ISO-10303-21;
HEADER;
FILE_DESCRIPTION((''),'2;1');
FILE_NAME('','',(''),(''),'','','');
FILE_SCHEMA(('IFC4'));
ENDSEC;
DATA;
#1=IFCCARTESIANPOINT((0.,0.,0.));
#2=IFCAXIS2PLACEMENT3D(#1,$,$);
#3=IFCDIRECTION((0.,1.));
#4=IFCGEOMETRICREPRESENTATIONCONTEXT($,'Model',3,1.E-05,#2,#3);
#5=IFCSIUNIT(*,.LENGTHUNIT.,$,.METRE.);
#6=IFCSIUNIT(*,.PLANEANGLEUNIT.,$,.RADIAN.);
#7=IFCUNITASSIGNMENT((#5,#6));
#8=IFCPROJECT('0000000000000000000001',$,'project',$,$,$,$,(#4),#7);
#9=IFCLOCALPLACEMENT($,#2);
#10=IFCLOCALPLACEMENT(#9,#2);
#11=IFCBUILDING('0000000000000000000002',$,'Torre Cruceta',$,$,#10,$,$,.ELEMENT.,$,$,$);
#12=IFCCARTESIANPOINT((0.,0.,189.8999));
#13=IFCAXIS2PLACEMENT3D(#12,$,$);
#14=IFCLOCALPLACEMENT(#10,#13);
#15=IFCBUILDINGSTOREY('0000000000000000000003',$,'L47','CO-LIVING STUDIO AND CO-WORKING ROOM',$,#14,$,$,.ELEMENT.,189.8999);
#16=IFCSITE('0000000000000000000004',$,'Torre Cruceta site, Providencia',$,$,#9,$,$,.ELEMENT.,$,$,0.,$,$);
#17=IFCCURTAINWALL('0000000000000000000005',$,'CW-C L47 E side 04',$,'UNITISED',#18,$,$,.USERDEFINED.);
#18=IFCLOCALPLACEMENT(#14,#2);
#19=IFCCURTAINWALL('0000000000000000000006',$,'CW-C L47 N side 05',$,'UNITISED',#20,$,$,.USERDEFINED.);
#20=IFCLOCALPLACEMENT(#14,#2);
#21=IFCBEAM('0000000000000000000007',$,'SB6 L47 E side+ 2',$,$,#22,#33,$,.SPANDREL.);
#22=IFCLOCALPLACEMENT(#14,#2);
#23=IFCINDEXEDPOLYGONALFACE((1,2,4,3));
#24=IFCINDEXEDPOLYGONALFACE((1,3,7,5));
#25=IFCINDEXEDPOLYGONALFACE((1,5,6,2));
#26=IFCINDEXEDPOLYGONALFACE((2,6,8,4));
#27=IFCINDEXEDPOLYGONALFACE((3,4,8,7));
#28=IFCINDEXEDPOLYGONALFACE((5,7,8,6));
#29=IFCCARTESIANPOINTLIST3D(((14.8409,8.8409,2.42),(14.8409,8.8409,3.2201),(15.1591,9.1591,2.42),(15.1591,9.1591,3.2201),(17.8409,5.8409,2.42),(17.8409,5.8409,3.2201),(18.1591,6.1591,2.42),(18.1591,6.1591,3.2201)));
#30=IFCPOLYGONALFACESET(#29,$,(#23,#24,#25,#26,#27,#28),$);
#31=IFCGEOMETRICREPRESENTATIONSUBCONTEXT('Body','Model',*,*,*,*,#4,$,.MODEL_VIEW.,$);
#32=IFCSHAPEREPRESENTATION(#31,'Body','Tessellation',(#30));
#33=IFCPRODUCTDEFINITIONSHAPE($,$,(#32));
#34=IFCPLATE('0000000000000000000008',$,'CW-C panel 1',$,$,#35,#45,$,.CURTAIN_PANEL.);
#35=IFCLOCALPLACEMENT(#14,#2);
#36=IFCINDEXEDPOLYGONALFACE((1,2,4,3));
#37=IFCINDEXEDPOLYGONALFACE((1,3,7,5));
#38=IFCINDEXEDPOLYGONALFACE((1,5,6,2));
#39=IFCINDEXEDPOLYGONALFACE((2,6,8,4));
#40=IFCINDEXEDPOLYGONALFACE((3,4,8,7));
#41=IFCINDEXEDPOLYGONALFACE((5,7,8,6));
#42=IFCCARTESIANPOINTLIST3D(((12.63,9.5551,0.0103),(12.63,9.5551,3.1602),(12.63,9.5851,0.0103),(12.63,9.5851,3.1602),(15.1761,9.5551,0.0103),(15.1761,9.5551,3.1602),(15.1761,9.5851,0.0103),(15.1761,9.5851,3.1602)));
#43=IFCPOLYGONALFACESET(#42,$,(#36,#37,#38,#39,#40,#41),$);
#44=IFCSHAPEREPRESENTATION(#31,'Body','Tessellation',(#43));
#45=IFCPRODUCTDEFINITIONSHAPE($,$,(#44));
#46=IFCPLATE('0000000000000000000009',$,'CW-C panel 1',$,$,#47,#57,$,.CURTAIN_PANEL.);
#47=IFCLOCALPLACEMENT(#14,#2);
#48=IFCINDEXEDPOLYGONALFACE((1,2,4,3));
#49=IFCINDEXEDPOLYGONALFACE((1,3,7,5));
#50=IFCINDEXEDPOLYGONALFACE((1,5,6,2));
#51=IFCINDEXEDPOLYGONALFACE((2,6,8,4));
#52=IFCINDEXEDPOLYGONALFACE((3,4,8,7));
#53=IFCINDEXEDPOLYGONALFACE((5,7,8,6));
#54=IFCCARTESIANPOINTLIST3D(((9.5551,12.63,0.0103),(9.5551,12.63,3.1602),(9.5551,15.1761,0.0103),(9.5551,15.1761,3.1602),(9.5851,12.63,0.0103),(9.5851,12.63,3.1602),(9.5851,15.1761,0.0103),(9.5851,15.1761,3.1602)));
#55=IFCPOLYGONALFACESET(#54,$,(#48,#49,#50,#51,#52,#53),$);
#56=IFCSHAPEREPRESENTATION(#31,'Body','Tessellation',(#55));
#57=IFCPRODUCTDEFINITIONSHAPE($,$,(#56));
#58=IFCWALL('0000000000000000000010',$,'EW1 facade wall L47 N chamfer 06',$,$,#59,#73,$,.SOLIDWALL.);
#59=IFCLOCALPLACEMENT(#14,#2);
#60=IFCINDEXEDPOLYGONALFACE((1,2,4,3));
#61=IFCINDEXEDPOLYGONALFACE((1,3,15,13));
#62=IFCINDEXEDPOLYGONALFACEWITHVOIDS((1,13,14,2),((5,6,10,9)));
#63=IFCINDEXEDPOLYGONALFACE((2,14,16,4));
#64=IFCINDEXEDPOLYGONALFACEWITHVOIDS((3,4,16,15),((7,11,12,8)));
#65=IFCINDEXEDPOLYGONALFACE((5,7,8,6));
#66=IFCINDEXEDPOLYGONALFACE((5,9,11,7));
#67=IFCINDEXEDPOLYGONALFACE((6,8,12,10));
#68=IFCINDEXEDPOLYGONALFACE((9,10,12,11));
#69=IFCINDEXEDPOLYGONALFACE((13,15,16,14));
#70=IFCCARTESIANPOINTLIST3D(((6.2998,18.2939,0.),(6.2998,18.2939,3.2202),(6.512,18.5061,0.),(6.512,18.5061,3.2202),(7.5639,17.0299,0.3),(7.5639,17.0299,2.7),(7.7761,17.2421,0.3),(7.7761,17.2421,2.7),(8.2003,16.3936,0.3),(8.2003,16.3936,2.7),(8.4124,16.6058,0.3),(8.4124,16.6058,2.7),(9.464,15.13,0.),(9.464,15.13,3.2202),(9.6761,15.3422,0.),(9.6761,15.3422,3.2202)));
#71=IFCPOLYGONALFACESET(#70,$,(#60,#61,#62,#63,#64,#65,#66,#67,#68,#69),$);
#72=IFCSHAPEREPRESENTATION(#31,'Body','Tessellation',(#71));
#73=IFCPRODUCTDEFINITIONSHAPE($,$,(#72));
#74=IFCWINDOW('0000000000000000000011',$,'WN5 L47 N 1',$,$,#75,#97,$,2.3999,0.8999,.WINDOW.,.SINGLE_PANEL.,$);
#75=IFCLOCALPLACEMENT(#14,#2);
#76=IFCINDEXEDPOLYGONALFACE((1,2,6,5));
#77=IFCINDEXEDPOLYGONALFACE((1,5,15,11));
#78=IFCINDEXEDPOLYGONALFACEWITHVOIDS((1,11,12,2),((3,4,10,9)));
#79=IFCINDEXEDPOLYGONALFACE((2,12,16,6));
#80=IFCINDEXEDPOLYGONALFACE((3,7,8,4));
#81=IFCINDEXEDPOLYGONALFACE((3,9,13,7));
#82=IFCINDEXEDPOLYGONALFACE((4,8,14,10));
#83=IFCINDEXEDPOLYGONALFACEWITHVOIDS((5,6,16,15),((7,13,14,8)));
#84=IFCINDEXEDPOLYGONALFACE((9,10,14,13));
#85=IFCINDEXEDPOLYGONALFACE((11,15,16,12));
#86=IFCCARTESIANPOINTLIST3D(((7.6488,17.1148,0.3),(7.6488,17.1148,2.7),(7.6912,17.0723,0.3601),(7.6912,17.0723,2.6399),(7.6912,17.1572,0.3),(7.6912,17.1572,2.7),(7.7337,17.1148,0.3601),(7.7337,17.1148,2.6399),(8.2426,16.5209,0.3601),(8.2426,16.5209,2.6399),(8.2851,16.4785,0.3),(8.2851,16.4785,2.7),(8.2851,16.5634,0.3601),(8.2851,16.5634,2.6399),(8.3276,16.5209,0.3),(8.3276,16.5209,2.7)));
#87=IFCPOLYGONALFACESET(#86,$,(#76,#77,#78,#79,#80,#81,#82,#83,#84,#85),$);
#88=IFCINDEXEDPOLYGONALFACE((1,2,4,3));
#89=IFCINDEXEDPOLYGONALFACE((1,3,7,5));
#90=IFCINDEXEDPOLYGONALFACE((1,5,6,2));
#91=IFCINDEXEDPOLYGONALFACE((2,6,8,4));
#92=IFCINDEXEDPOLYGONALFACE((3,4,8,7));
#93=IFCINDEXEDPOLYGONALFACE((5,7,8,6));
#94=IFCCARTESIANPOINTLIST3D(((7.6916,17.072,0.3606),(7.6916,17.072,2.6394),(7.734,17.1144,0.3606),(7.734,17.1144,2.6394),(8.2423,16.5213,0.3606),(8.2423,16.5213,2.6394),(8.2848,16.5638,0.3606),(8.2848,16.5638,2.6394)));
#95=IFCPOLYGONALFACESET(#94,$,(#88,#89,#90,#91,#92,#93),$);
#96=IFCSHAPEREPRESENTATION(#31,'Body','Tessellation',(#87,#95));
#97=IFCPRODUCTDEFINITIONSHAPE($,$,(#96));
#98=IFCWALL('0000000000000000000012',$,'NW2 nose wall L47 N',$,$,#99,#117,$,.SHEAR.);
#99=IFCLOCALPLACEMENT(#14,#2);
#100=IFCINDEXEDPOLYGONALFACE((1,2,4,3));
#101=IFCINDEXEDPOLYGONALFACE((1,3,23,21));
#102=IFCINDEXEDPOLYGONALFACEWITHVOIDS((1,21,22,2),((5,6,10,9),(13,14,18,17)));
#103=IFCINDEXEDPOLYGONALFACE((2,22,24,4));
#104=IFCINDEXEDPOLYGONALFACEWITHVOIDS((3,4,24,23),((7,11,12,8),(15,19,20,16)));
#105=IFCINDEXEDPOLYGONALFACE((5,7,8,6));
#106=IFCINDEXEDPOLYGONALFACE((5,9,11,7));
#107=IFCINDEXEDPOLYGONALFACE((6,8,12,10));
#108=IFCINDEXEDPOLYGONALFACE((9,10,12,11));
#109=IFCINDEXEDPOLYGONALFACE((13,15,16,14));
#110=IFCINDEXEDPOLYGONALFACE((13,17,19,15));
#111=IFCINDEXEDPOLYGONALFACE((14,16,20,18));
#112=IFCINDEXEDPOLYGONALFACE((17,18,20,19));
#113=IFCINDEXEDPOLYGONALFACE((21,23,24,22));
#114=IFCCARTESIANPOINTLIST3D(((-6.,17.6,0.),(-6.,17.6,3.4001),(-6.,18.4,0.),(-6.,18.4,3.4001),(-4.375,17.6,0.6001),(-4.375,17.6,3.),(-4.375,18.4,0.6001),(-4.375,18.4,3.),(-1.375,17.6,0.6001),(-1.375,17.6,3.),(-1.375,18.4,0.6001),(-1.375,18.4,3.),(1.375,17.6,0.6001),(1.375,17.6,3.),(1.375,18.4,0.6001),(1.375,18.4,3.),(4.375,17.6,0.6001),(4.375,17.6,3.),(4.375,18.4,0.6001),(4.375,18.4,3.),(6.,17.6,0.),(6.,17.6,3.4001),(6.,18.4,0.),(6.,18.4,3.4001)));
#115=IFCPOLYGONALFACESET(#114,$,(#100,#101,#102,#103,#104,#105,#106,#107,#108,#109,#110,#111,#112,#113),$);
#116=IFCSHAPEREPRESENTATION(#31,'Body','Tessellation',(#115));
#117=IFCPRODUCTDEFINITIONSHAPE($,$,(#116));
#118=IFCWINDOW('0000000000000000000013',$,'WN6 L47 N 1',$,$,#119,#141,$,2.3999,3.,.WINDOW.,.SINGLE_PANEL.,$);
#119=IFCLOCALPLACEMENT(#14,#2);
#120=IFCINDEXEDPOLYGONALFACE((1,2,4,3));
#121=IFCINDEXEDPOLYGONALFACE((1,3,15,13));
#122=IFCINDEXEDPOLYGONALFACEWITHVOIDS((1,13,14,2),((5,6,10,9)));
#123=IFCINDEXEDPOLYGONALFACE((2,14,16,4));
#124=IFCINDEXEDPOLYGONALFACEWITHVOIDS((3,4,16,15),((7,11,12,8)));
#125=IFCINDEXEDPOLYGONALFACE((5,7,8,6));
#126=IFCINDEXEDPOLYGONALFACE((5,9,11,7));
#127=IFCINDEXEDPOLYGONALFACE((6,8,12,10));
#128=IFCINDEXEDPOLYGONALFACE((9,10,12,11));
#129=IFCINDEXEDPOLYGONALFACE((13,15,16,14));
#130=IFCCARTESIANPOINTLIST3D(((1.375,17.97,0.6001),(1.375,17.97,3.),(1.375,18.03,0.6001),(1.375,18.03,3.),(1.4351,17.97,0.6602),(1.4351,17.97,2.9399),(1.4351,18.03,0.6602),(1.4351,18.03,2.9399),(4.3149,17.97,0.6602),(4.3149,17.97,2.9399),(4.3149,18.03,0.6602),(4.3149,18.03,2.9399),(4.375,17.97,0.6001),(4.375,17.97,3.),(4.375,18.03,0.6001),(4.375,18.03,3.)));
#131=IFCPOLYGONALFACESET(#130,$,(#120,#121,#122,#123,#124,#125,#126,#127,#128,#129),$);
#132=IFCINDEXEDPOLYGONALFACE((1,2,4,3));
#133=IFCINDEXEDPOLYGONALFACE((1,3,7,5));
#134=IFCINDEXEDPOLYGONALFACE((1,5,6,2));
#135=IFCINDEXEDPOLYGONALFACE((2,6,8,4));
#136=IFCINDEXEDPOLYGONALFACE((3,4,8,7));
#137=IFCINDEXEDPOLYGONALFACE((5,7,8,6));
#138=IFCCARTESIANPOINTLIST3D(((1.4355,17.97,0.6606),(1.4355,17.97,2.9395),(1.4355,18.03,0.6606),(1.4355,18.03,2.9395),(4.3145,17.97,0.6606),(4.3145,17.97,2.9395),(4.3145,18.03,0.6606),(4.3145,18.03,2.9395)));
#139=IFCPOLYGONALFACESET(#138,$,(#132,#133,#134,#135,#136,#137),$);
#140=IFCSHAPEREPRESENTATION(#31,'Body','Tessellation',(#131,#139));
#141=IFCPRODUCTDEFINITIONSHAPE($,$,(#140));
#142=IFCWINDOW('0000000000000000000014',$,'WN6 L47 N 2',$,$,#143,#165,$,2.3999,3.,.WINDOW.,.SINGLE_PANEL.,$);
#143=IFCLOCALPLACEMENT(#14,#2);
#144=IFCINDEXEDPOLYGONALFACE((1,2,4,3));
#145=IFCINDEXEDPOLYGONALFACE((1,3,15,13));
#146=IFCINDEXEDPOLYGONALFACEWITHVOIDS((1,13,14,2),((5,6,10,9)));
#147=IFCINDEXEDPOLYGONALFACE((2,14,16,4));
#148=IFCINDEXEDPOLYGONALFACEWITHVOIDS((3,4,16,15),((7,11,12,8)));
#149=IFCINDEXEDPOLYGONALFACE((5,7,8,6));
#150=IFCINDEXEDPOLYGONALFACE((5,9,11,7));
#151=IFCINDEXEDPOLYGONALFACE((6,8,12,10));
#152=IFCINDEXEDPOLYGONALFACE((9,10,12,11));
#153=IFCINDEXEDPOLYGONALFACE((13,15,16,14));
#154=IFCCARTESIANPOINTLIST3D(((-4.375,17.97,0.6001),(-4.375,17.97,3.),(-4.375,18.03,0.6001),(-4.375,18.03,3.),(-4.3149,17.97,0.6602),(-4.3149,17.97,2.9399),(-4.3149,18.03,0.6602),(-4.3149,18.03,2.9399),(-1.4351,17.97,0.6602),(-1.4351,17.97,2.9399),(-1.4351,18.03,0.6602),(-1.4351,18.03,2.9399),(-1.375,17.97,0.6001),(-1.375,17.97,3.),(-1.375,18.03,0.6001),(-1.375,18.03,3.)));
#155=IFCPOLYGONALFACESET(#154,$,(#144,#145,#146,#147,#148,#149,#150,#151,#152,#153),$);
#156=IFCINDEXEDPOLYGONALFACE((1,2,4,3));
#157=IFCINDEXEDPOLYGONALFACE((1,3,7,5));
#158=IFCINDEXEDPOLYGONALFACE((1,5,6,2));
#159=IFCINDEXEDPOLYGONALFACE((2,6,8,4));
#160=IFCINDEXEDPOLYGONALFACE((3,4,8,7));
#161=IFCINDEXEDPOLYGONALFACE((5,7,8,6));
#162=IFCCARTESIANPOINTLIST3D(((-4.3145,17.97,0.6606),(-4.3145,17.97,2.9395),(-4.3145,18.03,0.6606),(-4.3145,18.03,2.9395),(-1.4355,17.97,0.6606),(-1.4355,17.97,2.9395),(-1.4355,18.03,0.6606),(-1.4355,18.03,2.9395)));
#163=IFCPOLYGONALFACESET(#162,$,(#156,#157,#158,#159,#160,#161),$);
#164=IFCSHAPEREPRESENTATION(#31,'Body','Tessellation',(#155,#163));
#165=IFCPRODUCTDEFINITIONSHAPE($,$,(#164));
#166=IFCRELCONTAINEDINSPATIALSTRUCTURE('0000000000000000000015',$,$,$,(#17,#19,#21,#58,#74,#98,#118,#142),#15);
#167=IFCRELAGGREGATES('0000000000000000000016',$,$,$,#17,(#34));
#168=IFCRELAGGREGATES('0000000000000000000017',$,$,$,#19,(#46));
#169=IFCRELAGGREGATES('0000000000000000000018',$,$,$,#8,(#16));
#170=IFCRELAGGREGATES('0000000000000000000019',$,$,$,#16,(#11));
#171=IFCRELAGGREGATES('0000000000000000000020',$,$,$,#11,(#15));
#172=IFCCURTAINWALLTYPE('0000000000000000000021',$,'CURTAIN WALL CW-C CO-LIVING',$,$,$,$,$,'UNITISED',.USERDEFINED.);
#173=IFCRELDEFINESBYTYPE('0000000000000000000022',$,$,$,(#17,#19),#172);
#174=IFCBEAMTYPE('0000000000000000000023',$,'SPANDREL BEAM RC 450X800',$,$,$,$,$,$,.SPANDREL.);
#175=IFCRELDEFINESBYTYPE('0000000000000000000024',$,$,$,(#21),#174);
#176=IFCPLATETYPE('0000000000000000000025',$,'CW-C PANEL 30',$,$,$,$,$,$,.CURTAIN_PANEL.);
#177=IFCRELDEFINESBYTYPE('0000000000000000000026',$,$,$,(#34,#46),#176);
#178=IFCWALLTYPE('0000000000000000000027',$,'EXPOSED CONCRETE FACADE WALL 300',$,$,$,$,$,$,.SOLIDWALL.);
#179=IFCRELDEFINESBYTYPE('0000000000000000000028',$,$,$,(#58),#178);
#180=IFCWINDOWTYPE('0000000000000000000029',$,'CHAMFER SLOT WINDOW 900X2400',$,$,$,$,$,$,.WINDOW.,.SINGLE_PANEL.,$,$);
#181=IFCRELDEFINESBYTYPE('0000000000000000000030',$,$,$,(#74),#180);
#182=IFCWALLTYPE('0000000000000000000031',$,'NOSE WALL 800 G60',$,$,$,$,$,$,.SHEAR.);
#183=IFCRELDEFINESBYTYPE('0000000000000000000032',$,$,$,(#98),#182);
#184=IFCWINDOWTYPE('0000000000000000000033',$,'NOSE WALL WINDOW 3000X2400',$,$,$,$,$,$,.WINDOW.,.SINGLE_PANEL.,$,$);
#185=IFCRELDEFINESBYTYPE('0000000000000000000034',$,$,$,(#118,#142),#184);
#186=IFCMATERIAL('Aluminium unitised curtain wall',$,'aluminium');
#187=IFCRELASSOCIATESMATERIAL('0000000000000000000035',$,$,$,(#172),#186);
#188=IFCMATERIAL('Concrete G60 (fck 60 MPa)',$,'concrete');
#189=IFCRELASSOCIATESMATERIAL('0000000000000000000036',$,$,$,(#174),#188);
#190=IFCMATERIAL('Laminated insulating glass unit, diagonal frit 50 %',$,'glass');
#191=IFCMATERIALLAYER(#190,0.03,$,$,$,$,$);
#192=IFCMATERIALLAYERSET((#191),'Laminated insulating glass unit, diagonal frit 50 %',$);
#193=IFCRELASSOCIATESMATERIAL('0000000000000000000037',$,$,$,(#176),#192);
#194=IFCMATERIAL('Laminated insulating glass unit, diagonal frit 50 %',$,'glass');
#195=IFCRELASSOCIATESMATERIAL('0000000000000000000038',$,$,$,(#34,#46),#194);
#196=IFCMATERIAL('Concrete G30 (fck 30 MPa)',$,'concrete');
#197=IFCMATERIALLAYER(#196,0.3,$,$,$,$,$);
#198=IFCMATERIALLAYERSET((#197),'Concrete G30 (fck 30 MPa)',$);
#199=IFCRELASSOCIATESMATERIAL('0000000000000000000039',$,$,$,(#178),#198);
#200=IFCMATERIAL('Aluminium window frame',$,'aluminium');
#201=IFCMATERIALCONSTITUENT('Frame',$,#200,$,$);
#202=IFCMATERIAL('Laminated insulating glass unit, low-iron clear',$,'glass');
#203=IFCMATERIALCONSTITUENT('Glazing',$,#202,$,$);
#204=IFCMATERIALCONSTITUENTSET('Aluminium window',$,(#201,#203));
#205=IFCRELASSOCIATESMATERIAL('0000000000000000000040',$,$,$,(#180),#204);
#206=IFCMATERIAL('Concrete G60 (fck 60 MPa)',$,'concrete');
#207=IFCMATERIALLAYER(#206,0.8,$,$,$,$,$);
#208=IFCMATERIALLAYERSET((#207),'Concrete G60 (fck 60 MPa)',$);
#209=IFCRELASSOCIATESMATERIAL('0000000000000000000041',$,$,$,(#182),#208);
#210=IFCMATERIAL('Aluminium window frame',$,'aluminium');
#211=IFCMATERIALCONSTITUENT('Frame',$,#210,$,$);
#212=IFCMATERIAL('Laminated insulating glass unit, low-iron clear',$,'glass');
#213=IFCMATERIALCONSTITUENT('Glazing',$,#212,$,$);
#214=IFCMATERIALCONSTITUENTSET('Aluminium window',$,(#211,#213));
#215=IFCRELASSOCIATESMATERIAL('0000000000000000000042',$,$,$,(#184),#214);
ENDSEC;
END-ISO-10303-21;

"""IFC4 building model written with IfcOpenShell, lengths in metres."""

from ifc_helpers import new_model, si_unit, direction, frame, frame_2d, origin, origin_2d, place, context, subcontext, project, spatial, rectangle, hollow_rectangle, extrude, material, layer, layer_set, constituent, constituent_set, material_profile, profile_set, type_object, element, fill, aggregate, save


model = new_model("IFC4")

# Units and contexts
model_context = context("Model", 3, precision=1e-05, world=origin(), true_north=direction((0.0, 1.0)))
body_context = subcontext(model_context, "Body", "Model", "MODEL_VIEW")
ifc_project = project(units=[si_unit("LENGTHUNIT", "METRE"), si_unit("PLANEANGLEUNIT", "RADIAN")], contexts=[model_context])

# Site, building, storey
site_placement = place(None, origin())
site = spatial("IfcSite", under=ifc_project, at=site_placement, Name="Torre Cruceta site, Providencia", CompositionType="ELEMENT", RefElevation=0.0)
building_placement = place(site_placement, origin())
building = spatial("IfcBuilding", under=site, at=building_placement, Name="Torre Cruceta", CompositionType="ELEMENT")
storey_placement = place(building_placement, frame((0.0, 0.0, 189.8999)))
storey = spatial("IfcBuildingStorey", under=building, at=storey_placement, Name="L47", Description="CO-LIVING STUDIO AND CO-WORKING ROOM", CompositionType="ELEMENT", Elevation=189.8999)

# Curtain walls
ifc_material_1 = material(Name="Aluminium unitised curtain wall", Category="aluminium")
curtain_wall_type = type_object("IfcCurtainWallType", Name="CURTAIN WALL CW-C CO-LIVING", ElementType="UNITISED", PredefinedType="USERDEFINED", material=ifc_material_1)
curtain_wall_1_placement = place(storey_placement, origin())
curtain_wall_1 = element("IfcCurtainWall", 1, at=curtain_wall_1_placement, inside=storey, type_object=curtain_wall_type, Name="CW-C L47 E side 04", ObjectType="UNITISED", PredefinedType="USERDEFINED")
curtain_wall_2_placement = place(storey_placement, origin())
curtain_wall_2 = element("IfcCurtainWall", 2, at=curtain_wall_2_placement, inside=storey, type_object=curtain_wall_type, Name="CW-C L47 N side 05", ObjectType="UNITISED", PredefinedType="USERDEFINED")

# Beam
ifc_material_2 = material(Name="Concrete G60 (fck 60 MPa)", Category="concrete")
ifc_material_profile_1 = material_profile(ifc_material_2, rectangle(XDim=0.45, YDim=0.8, at=origin_2d()), Name="RC 450X800")
ifc_profile_set_1 = profile_set([ifc_material_profile_1], Name="Concrete G60 (fck 60 MPa)")
beam_type_1 = type_object("IfcBeamType", Name="SPANDREL BEAM RC 450X800", PredefinedType="SPANDREL", material=ifc_profile_set_1)
for number, where, z_axis, x_axis, name in (
    (3, (15.0, 9.0, 2.8201), (0.707107, -0.707107, 0.0), (0.707107, 0.707107, 0.0), "SB6 L47 E side+ 2"),
):
    element("IfcBeam", number, at=place(storey_placement, frame(where, z_axis=z_axis, x_axis=x_axis)), inside=storey, type_object=beam_type_1, Name=name, PredefinedType="SPANDREL", context=body_context, shape_type="SweptSolid", body=[
        extrude(rectangle(XDim=0.45, YDim=0.8, at=origin_2d()), origin(), (0.0, 0.0, 1.0), 4.2427),
    ])

# Plates
ifc_material_3 = material(Name="Laminated insulating glass unit, diagonal frit 50 %", Category="glass")
ifc_material_4 = material(Name="Laminated insulating glass unit, diagonal frit 50 %", Category="glass")
ifc_layer_1 = layer(ifc_material_4, 0.03)
ifc_layer_set_1 = layer_set([ifc_layer_1], Name="Laminated insulating glass unit, diagonal frit 50 %")
plate_type = type_object("IfcPlateType", Name="CW-C PANEL 30", PredefinedType="CURTAIN_PANEL", material=ifc_layer_set_1)
plate_1_placement = place(storey_placement, frame((13.9031, 9.5701, 0.0103), z_axis=(0.0, 0.0, 1.0), x_axis=(-1.0, 0.0, 0.0)))
plate_1 = element("IfcPlate", 4, at=plate_1_placement, type_object=plate_type, material=ifc_material_3, Name="CW-C panel 1", PredefinedType="CURTAIN_PANEL", context=body_context, shape_type="SweptSolid", body=[
    extrude(rectangle(XDim=2.5461, YDim=0.03, at=origin_2d()), origin(), (0.0, 0.0, 1.0), 3.1499),
])
aggregate(curtain_wall_1, [plate_1])
plate_2_placement = place(storey_placement, frame((9.5701, 13.9031, 0.0103), z_axis=(0.0, 0.0, 1.0), x_axis=(0.0, 1.0, 0.0)))
plate_2 = element("IfcPlate", 5, at=plate_2_placement, type_object=plate_type, material=ifc_material_3, Name="CW-C panel 1", PredefinedType="CURTAIN_PANEL", context=body_context, shape_type="SweptSolid", body=[
    extrude(rectangle(XDim=2.5461, YDim=0.03, at=origin_2d()), origin(), (0.0, 0.0, 1.0), 3.1499),
])
aggregate(curtain_wall_2, [plate_2])

# Wall, opening, window
ifc_material_5 = material(Name="Concrete G30 (fck 30 MPa)", Category="concrete")
ifc_layer_2 = layer(ifc_material_5, 0.3)
ifc_layer_set_2 = layer_set([ifc_layer_2], Name="Concrete G30 (fck 30 MPa)")
wall_type_1 = type_object("IfcWallType", Name="EXPOSED CONCRETE FACADE WALL 300", PredefinedType="SOLIDWALL", material=ifc_layer_set_2)
wall_1_placement = place(storey_placement, frame((9.5701, 15.2361, 0.0), z_axis=(0.0, 0.0, 1.0), x_axis=(-0.707134, 0.707079, 0.0)))
wall_1 = element("IfcWall", 6, at=wall_1_placement, inside=storey, type_object=wall_type_1, Name="EW1 facade wall L47 N chamfer 06", PredefinedType="SOLIDWALL", context=body_context, shape_type="SweptSolid", body=[
    extrude(rectangle(XDim=4.4746, YDim=0.3, at=frame_2d((2.2373, 0.0))), origin(), (0.0, 0.0, 1.0), 3.2202),
])
opening_1_placement = place(wall_1_placement, frame((1.7871, 0.0, 0.3)))
opening_1 = element("IfcOpeningElement", 7, at=opening_1_placement, cuts=wall_1, PredefinedType="OPENING", context=body_context, shape_type="SweptSolid", body=[
    extrude(rectangle(XDim=0.8999, YDim=2.3999, at=frame_2d((0.45, 1.2))), frame((0.0, 0.1599, 0.0), z_axis=(0.0, -1.0, 0.0), x_axis=(1.0, 0.0, 0.0)), (0.0, 0.0, 1.0), 0.3201),
])
ifc_material_6 = material(Name="Aluminium window frame", Category="aluminium")
ifc_constituent_1 = constituent(ifc_material_6, Name="Frame")
ifc_material_7 = material(Name="Laminated insulating glass unit, low-iron clear", Category="glass")
ifc_constituent_2 = constituent(ifc_material_7, Name="Glazing")
ifc_constituent_set_1 = constituent_set(constituents=[ifc_constituent_1, ifc_constituent_2], Name="Aluminium window")
window_type_1 = type_object("IfcWindowType", Name="CHAMFER SLOT WINDOW 900X2400", PartitioningType="SINGLE_PANEL", PredefinedType="WINDOW", material=ifc_constituent_set_1)
window_1_placement = place(opening_1_placement, origin())
window_1 = element("IfcWindow", 8, at=window_1_placement, inside=storey, type_object=window_type_1, Name="WN5 L47 N 1", OverallHeight=2.3999, OverallWidth=0.8999, PartitioningType="SINGLE_PANEL", PredefinedType="WINDOW", context=body_context, shape_type="SweptSolid", body=[
    extrude(hollow_rectangle(XDim=0.8999, YDim=2.3999, WallThickness=0.0601, at=frame_2d((0.45, 1.2))), frame((0.0, 0.03, 0.0), z_axis=(0.0, -1.0, 0.0), x_axis=(1.0, 0.0, 0.0)), (0.0, 0.0, 1.0), 0.0601),
    extrude(rectangle(XDim=0.7788, YDim=2.2788, at=frame_2d((0.45, 1.2))), frame((0.0, 0.03, 0.0), z_axis=(0.0, -1.0, 0.0), x_axis=(1.0, 0.0, 0.0)), (0.0, 0.0, 1.0), 0.0601),
])
fill(opening_1, window_1)

# Wall, openings, windows
ifc_material_8 = material(Name="Concrete G60 (fck 60 MPa)", Category="concrete")
ifc_layer_3 = layer(ifc_material_8, 0.8)
ifc_layer_set_3 = layer_set([ifc_layer_3], Name="Concrete G60 (fck 60 MPa)")
wall_type_2 = type_object("IfcWallType", Name="NOSE WALL 800 G60", PredefinedType="SHEAR", material=ifc_layer_set_3)
wall_2_placement = place(storey_placement, frame((6.0, 18.0, 0.0), z_axis=(0.0, 0.0, 1.0), x_axis=(-1.0, 0.0, 0.0)))
wall_2 = element("IfcWall", 9, at=wall_2_placement, inside=storey, type_object=wall_type_2, Name="NW2 nose wall L47 N", PredefinedType="SHEAR", context=body_context, shape_type="SweptSolid", body=[
    extrude(rectangle(XDim=12.0, YDim=0.8, at=frame_2d((6.0, 0.0))), origin(), (0.0, 0.0, 1.0), 3.4001),
])
opening_2_placement = place(wall_2_placement, frame((1.625, 0.0, 0.6001)))
opening_2 = element("IfcOpeningElement", 10, at=opening_2_placement, cuts=wall_2, PredefinedType="OPENING", context=body_context, shape_type="SweptSolid", body=[
    extrude(rectangle(XDim=3.0, YDim=2.3999, at=frame_2d((1.5, 1.2))), frame((0.0, 0.4099, 0.0), z_axis=(0.0, -1.0, 0.0), x_axis=(1.0, 0.0, 0.0)), (0.0, 0.0, 1.0), 0.8201),
])
opening_3_placement = place(wall_2_placement, frame((7.375, 0.0, 0.6001)))
opening_3 = element("IfcOpeningElement", 11, at=opening_3_placement, cuts=wall_2, PredefinedType="OPENING", context=body_context, shape_type="SweptSolid", body=[
    extrude(rectangle(XDim=3.0, YDim=2.3999, at=frame_2d((1.5, 1.2))), frame((0.0, 0.4099, 0.0), z_axis=(0.0, -1.0, 0.0), x_axis=(1.0, 0.0, 0.0)), (0.0, 0.0, 1.0), 0.8201),
])
ifc_material_9 = material(Name="Aluminium window frame", Category="aluminium")
ifc_constituent_3 = constituent(ifc_material_9, Name="Frame")
ifc_material_10 = material(Name="Laminated insulating glass unit, low-iron clear", Category="glass")
ifc_constituent_4 = constituent(ifc_material_10, Name="Glazing")
ifc_constituent_set_2 = constituent_set(constituents=[ifc_constituent_3, ifc_constituent_4], Name="Aluminium window")
window_type_2 = type_object("IfcWindowType", Name="NOSE WALL WINDOW 3000X2400", PartitioningType="SINGLE_PANEL", PredefinedType="WINDOW", material=ifc_constituent_set_2)
window_2_placement = place(opening_2_placement, origin())
window_2 = element("IfcWindow", 12, at=window_2_placement, inside=storey, type_object=window_type_2, Name="WN6 L47 N 1", OverallHeight=2.3999, OverallWidth=3.0, PartitioningType="SINGLE_PANEL", PredefinedType="WINDOW", context=body_context, shape_type="SweptSolid", body=[
    extrude(hollow_rectangle(XDim=3.0, YDim=2.3999, WallThickness=0.0601, at=frame_2d((1.5, 1.2))), frame((0.0, 0.03, 0.0), z_axis=(0.0, -1.0, 0.0), x_axis=(1.0, 0.0, 0.0)), (0.0, 0.0, 1.0), 0.0601),
    extrude(rectangle(XDim=2.8789, YDim=2.2788, at=frame_2d((1.5, 1.2))), frame((0.0, 0.03, 0.0), z_axis=(0.0, -1.0, 0.0), x_axis=(1.0, 0.0, 0.0)), (0.0, 0.0, 1.0), 0.0601),
])
fill(opening_2, window_2)
window_3_placement = place(opening_3_placement, origin())
window_3 = element("IfcWindow", 13, at=window_3_placement, inside=storey, type_object=window_type_2, Name="WN6 L47 N 2", OverallHeight=2.3999, OverallWidth=3.0, PartitioningType="SINGLE_PANEL", PredefinedType="WINDOW", context=body_context, shape_type="SweptSolid", body=[
    extrude(hollow_rectangle(XDim=3.0, YDim=2.3999, WallThickness=0.0601, at=frame_2d((1.5, 1.2))), frame((0.0, 0.03, 0.0), z_axis=(0.0, -1.0, 0.0), x_axis=(1.0, 0.0, 0.0)), (0.0, 0.0, 1.0), 0.0601),
    extrude(rectangle(XDim=2.8789, YDim=2.2788, at=frame_2d((1.5, 1.2))), frame((0.0, 0.03, 0.0), z_axis=(0.0, -1.0, 0.0), x_axis=(1.0, 0.0, 0.0)), (0.0, 0.0, 1.0), 0.0601),
])
fill(opening_3, window_3)

save(model, "model.ifc")
